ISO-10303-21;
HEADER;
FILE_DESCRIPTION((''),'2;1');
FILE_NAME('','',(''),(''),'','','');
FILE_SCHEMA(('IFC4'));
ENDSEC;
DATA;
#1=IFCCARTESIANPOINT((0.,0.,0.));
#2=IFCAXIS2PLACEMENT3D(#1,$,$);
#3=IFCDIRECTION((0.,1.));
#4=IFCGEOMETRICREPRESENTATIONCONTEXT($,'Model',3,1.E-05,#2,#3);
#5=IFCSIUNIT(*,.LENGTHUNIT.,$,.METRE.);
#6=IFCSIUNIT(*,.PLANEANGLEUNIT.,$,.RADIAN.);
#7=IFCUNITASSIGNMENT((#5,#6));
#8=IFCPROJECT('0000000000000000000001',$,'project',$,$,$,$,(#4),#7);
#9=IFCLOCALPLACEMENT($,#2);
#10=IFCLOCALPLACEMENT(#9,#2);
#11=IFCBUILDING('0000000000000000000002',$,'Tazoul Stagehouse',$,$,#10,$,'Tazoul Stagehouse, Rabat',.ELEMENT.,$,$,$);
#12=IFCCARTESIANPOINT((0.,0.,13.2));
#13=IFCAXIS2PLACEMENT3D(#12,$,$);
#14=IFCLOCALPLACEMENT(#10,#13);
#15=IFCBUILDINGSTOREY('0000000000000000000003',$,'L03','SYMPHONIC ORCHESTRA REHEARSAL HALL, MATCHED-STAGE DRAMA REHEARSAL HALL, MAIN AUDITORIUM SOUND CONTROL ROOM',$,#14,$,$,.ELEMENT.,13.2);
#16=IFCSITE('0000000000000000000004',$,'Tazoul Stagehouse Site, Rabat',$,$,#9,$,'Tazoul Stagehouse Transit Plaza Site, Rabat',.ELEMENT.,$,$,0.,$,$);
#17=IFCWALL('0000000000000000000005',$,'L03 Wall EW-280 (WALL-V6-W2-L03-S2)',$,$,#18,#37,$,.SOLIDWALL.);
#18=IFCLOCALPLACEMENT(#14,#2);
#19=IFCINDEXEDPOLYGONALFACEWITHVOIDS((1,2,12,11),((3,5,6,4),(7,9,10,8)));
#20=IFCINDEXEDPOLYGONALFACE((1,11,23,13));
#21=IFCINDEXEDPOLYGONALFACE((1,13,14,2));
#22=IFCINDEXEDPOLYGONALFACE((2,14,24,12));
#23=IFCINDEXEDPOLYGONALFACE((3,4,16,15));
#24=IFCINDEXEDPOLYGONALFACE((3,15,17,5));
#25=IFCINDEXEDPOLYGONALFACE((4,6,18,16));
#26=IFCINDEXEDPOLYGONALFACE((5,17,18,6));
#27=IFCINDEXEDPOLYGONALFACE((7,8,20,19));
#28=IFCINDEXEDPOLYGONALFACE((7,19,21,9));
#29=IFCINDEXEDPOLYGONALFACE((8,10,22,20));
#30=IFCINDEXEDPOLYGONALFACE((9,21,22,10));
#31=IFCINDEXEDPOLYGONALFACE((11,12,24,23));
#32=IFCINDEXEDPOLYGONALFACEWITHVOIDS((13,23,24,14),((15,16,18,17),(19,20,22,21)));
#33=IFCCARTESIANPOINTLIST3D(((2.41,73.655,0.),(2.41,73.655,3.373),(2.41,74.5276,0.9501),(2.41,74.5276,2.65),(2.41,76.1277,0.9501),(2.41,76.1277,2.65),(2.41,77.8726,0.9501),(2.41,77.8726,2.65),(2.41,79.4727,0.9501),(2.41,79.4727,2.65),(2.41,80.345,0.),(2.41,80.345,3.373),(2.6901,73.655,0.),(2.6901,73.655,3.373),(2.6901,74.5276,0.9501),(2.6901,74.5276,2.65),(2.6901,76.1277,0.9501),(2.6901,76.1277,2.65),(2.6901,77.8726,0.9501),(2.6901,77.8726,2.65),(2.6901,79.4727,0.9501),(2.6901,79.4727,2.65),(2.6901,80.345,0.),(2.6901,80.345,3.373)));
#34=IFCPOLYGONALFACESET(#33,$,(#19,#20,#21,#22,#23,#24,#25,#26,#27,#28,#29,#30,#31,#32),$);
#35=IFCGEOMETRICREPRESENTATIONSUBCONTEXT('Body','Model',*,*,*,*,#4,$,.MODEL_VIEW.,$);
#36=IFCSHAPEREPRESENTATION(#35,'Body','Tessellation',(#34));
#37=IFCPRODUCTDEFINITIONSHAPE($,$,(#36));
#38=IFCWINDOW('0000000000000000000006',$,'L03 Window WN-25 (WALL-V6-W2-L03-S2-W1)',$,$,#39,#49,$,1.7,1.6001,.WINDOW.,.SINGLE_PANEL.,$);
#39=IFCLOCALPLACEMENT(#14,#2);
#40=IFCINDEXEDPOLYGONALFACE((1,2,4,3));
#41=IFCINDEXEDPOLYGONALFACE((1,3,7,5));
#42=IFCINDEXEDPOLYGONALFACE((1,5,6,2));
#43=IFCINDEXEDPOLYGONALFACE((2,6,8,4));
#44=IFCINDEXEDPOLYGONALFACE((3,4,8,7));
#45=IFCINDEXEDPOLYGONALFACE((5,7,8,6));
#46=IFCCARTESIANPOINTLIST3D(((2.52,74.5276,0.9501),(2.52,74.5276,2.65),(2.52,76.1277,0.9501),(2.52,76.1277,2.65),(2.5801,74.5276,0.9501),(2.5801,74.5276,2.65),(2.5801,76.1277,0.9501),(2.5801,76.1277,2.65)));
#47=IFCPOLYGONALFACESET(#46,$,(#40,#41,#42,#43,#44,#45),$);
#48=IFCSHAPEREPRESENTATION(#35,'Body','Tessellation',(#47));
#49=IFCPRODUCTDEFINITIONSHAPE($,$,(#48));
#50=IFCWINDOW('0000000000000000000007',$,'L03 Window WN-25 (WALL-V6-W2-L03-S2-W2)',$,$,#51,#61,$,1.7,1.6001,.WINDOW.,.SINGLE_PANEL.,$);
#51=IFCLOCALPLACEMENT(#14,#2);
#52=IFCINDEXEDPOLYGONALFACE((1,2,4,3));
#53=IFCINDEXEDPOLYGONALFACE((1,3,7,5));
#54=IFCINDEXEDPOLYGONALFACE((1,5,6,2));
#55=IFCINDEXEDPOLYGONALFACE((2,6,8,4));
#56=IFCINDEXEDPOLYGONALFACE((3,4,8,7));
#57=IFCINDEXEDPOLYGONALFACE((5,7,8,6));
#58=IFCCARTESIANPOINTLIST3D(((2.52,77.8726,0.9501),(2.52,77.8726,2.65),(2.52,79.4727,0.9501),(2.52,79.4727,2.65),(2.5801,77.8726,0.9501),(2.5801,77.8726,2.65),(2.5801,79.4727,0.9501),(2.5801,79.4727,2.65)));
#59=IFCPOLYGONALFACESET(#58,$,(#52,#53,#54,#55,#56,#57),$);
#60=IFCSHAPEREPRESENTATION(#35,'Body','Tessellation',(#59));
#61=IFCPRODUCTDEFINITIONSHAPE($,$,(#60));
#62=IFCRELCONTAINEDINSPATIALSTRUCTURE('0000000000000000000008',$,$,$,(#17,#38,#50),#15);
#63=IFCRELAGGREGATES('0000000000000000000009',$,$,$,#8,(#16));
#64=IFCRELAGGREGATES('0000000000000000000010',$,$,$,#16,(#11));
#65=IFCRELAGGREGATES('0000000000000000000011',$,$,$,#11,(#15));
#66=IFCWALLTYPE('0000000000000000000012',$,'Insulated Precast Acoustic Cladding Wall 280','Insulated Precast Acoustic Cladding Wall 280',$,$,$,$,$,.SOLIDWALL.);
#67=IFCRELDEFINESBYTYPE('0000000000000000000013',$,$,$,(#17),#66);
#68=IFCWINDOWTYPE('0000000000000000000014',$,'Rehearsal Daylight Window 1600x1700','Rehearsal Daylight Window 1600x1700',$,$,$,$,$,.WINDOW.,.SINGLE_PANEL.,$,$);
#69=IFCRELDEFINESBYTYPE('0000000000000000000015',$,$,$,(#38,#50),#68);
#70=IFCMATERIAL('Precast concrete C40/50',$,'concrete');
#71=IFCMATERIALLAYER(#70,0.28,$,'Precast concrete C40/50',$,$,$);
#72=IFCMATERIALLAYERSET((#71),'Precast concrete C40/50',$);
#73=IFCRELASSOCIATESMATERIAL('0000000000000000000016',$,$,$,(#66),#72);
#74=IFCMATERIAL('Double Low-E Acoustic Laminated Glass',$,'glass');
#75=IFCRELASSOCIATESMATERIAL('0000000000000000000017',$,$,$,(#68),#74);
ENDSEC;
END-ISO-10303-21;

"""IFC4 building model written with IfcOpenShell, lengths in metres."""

from ifc_helpers import new_model, si_unit, direction, frame, frame_2d, origin, place, context, subcontext, project, spatial, rectangle, extrude, material, layer, layer_set, type_object, element, fill, save


model = new_model("IFC4")

# Units and contexts
model_context = context("Model", 3, precision=1e-05, world=origin(), true_north=direction((0.0, 1.0)))
body_context = subcontext(model_context, "Body", "Model", "MODEL_VIEW")
ifc_project = project(units=[si_unit("LENGTHUNIT", "METRE"), si_unit("PLANEANGLEUNIT", "RADIAN")], contexts=[model_context])

# Site, building, storey
site_placement = place(None, origin())
site = spatial("IfcSite", under=ifc_project, at=site_placement, Name="Tazoul Stagehouse Site, Rabat", LongName="Tazoul Stagehouse Transit Plaza Site, Rabat", CompositionType="ELEMENT", RefElevation=0.0)
building_placement = place(site_placement, origin())
building = spatial("IfcBuilding", under=site, at=building_placement, Name="Tazoul Stagehouse", LongName="Tazoul Stagehouse, Rabat", CompositionType="ELEMENT")
storey_placement = place(building_placement, frame((0.0, 0.0, 13.2)))
storey = spatial("IfcBuildingStorey", under=building, at=storey_placement, Name="L03", Description="SYMPHONIC ORCHESTRA REHEARSAL HALL, MATCHED-STAGE DRAMA REHEARSAL HALL, MAIN AUDITORIUM SOUND CONTROL ROOM", CompositionType="ELEMENT", Elevation=13.2)

# Wall, openings, windows
ifc_material_1 = material(Name="Precast concrete C40/50", Category="concrete")
ifc_layer_1 = layer(ifc_material_1, 0.28, Name="Precast concrete C40/50")
ifc_layer_set_1 = layer_set([ifc_layer_1], Name="Precast concrete C40/50")
wall_type_1 = type_object("IfcWallType", Name="Insulated Precast Acoustic Cladding Wall 280", Description="Insulated Precast Acoustic Cladding Wall 280", PredefinedType="SOLIDWALL", material=ifc_layer_set_1)
ifc_material_2 = material(Name="Double Low-E Acoustic Laminated Glass", Category="glass")
wall_1_placement = place(storey_placement, frame((2.55, 73.655, 0.0), z_axis=(0.0, 0.0, 1.0), x_axis=(0.0, 1.0, 0.0)))
wall_1 = element("IfcWall", 1, at=wall_1_placement, inside=storey, type_object=wall_type_1, Name="L03 Wall EW-280 (WALL-V6-W2-L03-S2)", PredefinedType="SOLIDWALL", context=body_context, shape_type="SweptSolid", body=[
    extrude(rectangle(XDim=6.6899, YDim=0.28, at=frame_2d((3.345, 0.0))), origin(), (0.0, 0.0, 1.0), 3.373),
])
opening_1_placement = place(wall_1_placement, frame((0.8726, 0.0, 0.95)))
opening_1 = element("IfcOpeningElement", 2, at=opening_1_placement, cuts=wall_1, PredefinedType="OPENING", context=body_context, shape_type="SweptSolid", body=[
    extrude(rectangle(XDim=1.6001, YDim=1.7, at=frame_2d((0.8, 0.8501))), frame((0.0, 0.1599, 0.0), z_axis=(0.0, -1.0, 0.0), x_axis=(1.0, 0.0, 0.0)), (0.0, 0.0, 1.0), 0.3201),
])
opening_2_placement = place(wall_1_placement, frame((4.2175, 0.0, 0.95)))
opening_2 = element("IfcOpeningElement", 3, at=opening_2_placement, cuts=wall_1, PredefinedType="OPENING", context=body_context, shape_type="SweptSolid", body=[
    extrude(rectangle(XDim=1.6001, YDim=1.7, at=frame_2d((0.8, 0.8501))), frame((0.0, 0.1599, 0.0), z_axis=(0.0, -1.0, 0.0), x_axis=(1.0, 0.0, 0.0)), (0.0, 0.0, 1.0), 0.3201),
])
window_type_1 = type_object("IfcWindowType", Name="Rehearsal Daylight Window 1600x1700", Description="Rehearsal Daylight Window 1600x1700", PartitioningType="SINGLE_PANEL", PredefinedType="WINDOW", material=ifc_material_2)
window_1_placement = place(opening_1_placement, origin())
window_1 = element("IfcWindow", 4, at=window_1_placement, inside=storey, type_object=window_type_1, Name="L03 Window WN-25 (WALL-V6-W2-L03-S2-W1)", OverallHeight=1.7, OverallWidth=1.6001, PartitioningType="SINGLE_PANEL", PredefinedType="WINDOW", context=body_context, shape_type="SweptSolid", body=[
    extrude(rectangle(XDim=1.6001, YDim=1.7, at=frame_2d((0.8, 0.8501))), frame((0.0, 0.03, 0.0), z_axis=(0.0, -1.0, 0.0), x_axis=(1.0, 0.0, 0.0)), (0.0, 0.0, 1.0), 0.0601),
])
fill(opening_1, window_1)
window_2_placement = place(opening_2_placement, origin())
window_2 = element("IfcWindow", 5, at=window_2_placement, inside=storey, type_object=window_type_1, Name="L03 Window WN-25 (WALL-V6-W2-L03-S2-W2)", OverallHeight=1.7, OverallWidth=1.6001, PartitioningType="SINGLE_PANEL", PredefinedType="WINDOW", context=body_context, shape_type="SweptSolid", body=[
    extrude(rectangle(XDim=1.6001, YDim=1.7, at=frame_2d((0.8, 0.8501))), frame((0.0, 0.03, 0.0), z_axis=(0.0, -1.0, 0.0), x_axis=(1.0, 0.0, 0.0)), (0.0, 0.0, 1.0), 0.0601),
])
fill(opening_2, window_2)

save(model, "model.ifc")
